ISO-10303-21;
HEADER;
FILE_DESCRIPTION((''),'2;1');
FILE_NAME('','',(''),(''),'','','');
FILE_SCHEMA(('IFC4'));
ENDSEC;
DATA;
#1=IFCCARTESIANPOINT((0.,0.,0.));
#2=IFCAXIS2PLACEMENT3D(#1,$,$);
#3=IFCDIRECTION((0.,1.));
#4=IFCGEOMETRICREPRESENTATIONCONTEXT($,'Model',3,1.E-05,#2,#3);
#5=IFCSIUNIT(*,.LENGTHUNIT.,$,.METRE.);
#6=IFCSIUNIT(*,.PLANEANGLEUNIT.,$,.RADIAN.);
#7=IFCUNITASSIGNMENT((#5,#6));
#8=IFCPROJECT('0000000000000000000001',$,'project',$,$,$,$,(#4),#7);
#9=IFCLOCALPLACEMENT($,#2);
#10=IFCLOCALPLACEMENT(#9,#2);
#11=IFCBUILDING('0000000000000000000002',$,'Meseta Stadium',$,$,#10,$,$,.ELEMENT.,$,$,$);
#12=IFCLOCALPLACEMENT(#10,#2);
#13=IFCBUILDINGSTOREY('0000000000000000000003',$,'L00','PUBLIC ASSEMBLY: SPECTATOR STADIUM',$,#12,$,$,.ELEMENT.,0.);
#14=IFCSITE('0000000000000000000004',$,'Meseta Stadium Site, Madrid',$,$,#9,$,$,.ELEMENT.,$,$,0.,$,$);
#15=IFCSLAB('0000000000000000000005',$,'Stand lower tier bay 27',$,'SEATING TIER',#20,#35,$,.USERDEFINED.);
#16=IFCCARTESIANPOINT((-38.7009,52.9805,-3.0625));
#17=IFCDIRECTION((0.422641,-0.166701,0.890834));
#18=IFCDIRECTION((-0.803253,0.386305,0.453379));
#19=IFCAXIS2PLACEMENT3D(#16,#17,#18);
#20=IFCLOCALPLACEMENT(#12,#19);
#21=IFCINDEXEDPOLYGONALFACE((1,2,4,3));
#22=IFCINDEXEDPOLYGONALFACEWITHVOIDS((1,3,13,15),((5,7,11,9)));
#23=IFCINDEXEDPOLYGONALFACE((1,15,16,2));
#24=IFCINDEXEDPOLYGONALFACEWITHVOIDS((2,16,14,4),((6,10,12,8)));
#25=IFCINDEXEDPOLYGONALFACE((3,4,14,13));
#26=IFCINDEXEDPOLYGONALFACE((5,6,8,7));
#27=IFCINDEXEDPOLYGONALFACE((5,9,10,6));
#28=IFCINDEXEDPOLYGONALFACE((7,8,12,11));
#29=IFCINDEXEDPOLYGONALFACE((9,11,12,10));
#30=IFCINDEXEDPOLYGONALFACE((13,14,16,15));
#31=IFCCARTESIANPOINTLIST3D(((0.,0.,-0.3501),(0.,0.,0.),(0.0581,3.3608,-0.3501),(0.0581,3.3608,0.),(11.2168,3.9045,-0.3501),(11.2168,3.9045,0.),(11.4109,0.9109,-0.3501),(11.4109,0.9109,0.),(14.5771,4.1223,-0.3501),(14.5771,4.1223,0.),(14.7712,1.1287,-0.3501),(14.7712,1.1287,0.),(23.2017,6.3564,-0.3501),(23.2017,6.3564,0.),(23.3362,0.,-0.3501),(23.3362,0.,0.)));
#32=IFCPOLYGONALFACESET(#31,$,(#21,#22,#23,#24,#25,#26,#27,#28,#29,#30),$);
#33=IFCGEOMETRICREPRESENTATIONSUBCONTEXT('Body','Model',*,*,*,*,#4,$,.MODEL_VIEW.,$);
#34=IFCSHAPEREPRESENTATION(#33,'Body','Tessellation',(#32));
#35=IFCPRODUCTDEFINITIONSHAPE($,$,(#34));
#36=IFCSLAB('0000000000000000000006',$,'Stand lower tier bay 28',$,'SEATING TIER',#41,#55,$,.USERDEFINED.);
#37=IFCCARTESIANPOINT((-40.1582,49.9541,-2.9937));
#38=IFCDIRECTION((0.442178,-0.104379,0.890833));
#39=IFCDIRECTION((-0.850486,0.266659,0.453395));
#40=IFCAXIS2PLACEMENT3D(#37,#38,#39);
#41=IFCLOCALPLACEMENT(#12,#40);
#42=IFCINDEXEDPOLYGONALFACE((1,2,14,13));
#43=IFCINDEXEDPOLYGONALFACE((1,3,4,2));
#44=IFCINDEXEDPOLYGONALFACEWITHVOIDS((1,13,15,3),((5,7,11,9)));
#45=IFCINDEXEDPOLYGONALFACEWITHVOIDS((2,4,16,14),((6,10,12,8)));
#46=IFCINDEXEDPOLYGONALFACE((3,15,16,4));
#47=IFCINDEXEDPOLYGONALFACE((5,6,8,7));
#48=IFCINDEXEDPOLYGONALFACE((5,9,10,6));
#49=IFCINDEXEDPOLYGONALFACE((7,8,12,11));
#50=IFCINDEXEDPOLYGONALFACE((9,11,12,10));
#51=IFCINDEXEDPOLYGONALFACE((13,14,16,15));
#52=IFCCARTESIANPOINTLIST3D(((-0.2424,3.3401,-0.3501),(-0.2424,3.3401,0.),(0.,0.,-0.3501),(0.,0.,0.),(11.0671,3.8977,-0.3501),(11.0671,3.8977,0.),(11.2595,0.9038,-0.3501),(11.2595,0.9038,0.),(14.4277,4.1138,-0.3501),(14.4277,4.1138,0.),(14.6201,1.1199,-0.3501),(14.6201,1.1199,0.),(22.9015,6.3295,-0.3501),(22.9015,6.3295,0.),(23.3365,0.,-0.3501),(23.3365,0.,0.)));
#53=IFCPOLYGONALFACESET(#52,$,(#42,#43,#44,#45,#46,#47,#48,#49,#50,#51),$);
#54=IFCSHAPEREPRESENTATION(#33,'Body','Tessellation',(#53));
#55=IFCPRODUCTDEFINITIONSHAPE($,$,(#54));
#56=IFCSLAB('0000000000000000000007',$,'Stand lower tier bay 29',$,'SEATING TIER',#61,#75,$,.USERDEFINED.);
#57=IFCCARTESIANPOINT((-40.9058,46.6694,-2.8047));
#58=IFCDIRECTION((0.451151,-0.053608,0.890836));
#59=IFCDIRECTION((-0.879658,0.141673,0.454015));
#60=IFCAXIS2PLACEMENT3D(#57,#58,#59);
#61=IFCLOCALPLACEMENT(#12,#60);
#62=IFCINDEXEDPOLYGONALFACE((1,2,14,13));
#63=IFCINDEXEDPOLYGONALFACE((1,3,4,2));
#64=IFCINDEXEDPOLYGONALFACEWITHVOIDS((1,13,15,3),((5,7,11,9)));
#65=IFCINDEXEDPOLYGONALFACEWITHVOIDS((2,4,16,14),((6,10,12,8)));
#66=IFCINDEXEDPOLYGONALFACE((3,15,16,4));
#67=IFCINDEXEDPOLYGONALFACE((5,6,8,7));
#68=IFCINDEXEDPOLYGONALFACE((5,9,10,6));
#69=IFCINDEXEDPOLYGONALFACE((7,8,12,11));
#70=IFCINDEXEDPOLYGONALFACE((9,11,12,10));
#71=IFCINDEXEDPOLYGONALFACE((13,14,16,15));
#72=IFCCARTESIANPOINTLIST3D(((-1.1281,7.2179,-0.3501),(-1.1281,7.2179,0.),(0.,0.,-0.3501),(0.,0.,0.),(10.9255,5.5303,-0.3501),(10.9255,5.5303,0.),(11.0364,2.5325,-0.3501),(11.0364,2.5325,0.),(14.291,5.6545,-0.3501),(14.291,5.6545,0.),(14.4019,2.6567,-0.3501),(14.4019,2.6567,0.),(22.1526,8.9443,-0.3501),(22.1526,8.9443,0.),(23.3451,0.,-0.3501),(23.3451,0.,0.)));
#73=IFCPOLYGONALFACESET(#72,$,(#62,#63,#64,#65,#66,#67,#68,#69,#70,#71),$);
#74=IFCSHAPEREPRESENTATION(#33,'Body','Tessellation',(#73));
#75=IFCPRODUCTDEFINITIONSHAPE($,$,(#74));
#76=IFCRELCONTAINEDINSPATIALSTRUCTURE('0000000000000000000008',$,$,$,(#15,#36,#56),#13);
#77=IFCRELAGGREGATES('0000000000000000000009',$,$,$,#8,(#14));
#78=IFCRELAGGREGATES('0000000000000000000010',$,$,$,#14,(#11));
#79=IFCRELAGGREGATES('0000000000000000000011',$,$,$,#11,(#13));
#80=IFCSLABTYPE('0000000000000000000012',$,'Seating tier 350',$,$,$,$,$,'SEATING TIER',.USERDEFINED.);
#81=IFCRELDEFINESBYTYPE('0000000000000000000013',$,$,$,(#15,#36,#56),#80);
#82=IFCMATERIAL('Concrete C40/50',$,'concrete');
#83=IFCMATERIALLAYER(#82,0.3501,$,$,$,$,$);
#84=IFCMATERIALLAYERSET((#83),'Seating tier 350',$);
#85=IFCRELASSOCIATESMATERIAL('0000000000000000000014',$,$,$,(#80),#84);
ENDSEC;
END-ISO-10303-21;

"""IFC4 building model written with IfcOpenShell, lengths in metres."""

from ifc_helpers import new_model, si_unit, direction, frame, origin, place, context, subcontext, project, spatial, polyline, outline, extrude, material, layer, layer_set, type_object, element, save


model = new_model("IFC4")

# Units and contexts
model_context = context("Model", 3, precision=1e-05, world=origin(), true_north=direction((0.0, 1.0)))
body_context = subcontext(model_context, "Body", "Model", "MODEL_VIEW")
ifc_project = project(units=[si_unit("LENGTHUNIT", "METRE"), si_unit("PLANEANGLEUNIT", "RADIAN")], contexts=[model_context])

# Site, building, storey
site_placement = place(None, origin())
site = spatial("IfcSite", under=ifc_project, at=site_placement, Name="Meseta Stadium Site, Madrid", CompositionType="ELEMENT", RefElevation=0.0)
building_placement = place(site_placement, origin())
building = spatial("IfcBuilding", under=site, at=building_placement, Name="Meseta Stadium", CompositionType="ELEMENT")
storey_placement = place(building_placement, origin())
storey = spatial("IfcBuildingStorey", under=building, at=storey_placement, Name="L00", Description="PUBLIC ASSEMBLY: SPECTATOR STADIUM", CompositionType="ELEMENT", Elevation=0.0)

# Slabs
ifc_material_1 = material(Name="Concrete C40/50", Category="concrete")
ifc_layer_1 = layer(ifc_material_1, 0.3501)
ifc_layer_set_1 = layer_set([ifc_layer_1], Name="Seating tier 350")
slab_type = type_object("IfcSlabType", Name="Seating tier 350", ElementType="SEATING TIER", PredefinedType="USERDEFINED", material=ifc_layer_set_1)
slab_1_placement = place(storey_placement, frame((-38.7009, 52.9805, -3.0625), z_axis=(0.422641, -0.166701, 0.890834), x_axis=(-0.803253, 0.386305, 0.453379)))
element("IfcSlab", 1, at=slab_1_placement, inside=storey, type_object=slab_type, Name="Stand lower tier bay 27", ObjectType="SEATING TIER", PredefinedType="USERDEFINED", context=body_context, shape_type="SweptSolid", body=[
    extrude(outline(polyline([(0.0, 0.0), (23.3362, 0.0), (23.2017, 6.3564), (0.0581, 3.3608), (0.0, 0.0)]), holes=[polyline([(11.4109, 0.9109), (14.7712, 1.1287), (14.5771, 4.1223), (11.2168, 3.9045), (11.4109, 0.9109)])]), origin(), (0.0, 0.0, -1.0), 0.3501),
])
slab_2_placement = place(storey_placement, frame((-40.1582, 49.9541, -2.9937), z_axis=(0.442178, -0.104379, 0.890833), x_axis=(-0.850486, 0.266659, 0.453395)))
element("IfcSlab", 2, at=slab_2_placement, inside=storey, type_object=slab_type, Name="Stand lower tier bay 28", ObjectType="SEATING TIER", PredefinedType="USERDEFINED", context=body_context, shape_type="SweptSolid", body=[
    extrude(outline(polyline([(0.0, 0.0), (23.3365, 0.0), (22.9015, 6.3295), (-0.2424, 3.3401), (0.0, 0.0)]), holes=[polyline([(11.2595, 0.9038), (14.6201, 1.1199), (14.4277, 4.1138), (11.0671, 3.8977), (11.2595, 0.9038)])]), origin(), (0.0, 0.0, -1.0), 0.3501),
])
slab_3_placement = place(storey_placement, frame((-40.9058, 46.6694, -2.8047), z_axis=(0.451151, -0.053608, 0.890836), x_axis=(-0.879658, 0.141673, 0.454015)))
element("IfcSlab", 3, at=slab_3_placement, inside=storey, type_object=slab_type, Name="Stand lower tier bay 29", ObjectType="SEATING TIER", PredefinedType="USERDEFINED", context=body_context, shape_type="SweptSolid", body=[
    extrude(outline(polyline([(0.0, 0.0), (23.3451, 0.0), (22.1526, 8.9443), (-1.1281, 7.2179), (0.0, 0.0)]), holes=[polyline([(11.0364, 2.5325), (14.4019, 2.6567), (14.291, 5.6545), (10.9255, 5.5303), (11.0364, 2.5325)])]), origin(), (0.0, 0.0, -1.0), 0.3501),
])

save(model, "model.ifc")
